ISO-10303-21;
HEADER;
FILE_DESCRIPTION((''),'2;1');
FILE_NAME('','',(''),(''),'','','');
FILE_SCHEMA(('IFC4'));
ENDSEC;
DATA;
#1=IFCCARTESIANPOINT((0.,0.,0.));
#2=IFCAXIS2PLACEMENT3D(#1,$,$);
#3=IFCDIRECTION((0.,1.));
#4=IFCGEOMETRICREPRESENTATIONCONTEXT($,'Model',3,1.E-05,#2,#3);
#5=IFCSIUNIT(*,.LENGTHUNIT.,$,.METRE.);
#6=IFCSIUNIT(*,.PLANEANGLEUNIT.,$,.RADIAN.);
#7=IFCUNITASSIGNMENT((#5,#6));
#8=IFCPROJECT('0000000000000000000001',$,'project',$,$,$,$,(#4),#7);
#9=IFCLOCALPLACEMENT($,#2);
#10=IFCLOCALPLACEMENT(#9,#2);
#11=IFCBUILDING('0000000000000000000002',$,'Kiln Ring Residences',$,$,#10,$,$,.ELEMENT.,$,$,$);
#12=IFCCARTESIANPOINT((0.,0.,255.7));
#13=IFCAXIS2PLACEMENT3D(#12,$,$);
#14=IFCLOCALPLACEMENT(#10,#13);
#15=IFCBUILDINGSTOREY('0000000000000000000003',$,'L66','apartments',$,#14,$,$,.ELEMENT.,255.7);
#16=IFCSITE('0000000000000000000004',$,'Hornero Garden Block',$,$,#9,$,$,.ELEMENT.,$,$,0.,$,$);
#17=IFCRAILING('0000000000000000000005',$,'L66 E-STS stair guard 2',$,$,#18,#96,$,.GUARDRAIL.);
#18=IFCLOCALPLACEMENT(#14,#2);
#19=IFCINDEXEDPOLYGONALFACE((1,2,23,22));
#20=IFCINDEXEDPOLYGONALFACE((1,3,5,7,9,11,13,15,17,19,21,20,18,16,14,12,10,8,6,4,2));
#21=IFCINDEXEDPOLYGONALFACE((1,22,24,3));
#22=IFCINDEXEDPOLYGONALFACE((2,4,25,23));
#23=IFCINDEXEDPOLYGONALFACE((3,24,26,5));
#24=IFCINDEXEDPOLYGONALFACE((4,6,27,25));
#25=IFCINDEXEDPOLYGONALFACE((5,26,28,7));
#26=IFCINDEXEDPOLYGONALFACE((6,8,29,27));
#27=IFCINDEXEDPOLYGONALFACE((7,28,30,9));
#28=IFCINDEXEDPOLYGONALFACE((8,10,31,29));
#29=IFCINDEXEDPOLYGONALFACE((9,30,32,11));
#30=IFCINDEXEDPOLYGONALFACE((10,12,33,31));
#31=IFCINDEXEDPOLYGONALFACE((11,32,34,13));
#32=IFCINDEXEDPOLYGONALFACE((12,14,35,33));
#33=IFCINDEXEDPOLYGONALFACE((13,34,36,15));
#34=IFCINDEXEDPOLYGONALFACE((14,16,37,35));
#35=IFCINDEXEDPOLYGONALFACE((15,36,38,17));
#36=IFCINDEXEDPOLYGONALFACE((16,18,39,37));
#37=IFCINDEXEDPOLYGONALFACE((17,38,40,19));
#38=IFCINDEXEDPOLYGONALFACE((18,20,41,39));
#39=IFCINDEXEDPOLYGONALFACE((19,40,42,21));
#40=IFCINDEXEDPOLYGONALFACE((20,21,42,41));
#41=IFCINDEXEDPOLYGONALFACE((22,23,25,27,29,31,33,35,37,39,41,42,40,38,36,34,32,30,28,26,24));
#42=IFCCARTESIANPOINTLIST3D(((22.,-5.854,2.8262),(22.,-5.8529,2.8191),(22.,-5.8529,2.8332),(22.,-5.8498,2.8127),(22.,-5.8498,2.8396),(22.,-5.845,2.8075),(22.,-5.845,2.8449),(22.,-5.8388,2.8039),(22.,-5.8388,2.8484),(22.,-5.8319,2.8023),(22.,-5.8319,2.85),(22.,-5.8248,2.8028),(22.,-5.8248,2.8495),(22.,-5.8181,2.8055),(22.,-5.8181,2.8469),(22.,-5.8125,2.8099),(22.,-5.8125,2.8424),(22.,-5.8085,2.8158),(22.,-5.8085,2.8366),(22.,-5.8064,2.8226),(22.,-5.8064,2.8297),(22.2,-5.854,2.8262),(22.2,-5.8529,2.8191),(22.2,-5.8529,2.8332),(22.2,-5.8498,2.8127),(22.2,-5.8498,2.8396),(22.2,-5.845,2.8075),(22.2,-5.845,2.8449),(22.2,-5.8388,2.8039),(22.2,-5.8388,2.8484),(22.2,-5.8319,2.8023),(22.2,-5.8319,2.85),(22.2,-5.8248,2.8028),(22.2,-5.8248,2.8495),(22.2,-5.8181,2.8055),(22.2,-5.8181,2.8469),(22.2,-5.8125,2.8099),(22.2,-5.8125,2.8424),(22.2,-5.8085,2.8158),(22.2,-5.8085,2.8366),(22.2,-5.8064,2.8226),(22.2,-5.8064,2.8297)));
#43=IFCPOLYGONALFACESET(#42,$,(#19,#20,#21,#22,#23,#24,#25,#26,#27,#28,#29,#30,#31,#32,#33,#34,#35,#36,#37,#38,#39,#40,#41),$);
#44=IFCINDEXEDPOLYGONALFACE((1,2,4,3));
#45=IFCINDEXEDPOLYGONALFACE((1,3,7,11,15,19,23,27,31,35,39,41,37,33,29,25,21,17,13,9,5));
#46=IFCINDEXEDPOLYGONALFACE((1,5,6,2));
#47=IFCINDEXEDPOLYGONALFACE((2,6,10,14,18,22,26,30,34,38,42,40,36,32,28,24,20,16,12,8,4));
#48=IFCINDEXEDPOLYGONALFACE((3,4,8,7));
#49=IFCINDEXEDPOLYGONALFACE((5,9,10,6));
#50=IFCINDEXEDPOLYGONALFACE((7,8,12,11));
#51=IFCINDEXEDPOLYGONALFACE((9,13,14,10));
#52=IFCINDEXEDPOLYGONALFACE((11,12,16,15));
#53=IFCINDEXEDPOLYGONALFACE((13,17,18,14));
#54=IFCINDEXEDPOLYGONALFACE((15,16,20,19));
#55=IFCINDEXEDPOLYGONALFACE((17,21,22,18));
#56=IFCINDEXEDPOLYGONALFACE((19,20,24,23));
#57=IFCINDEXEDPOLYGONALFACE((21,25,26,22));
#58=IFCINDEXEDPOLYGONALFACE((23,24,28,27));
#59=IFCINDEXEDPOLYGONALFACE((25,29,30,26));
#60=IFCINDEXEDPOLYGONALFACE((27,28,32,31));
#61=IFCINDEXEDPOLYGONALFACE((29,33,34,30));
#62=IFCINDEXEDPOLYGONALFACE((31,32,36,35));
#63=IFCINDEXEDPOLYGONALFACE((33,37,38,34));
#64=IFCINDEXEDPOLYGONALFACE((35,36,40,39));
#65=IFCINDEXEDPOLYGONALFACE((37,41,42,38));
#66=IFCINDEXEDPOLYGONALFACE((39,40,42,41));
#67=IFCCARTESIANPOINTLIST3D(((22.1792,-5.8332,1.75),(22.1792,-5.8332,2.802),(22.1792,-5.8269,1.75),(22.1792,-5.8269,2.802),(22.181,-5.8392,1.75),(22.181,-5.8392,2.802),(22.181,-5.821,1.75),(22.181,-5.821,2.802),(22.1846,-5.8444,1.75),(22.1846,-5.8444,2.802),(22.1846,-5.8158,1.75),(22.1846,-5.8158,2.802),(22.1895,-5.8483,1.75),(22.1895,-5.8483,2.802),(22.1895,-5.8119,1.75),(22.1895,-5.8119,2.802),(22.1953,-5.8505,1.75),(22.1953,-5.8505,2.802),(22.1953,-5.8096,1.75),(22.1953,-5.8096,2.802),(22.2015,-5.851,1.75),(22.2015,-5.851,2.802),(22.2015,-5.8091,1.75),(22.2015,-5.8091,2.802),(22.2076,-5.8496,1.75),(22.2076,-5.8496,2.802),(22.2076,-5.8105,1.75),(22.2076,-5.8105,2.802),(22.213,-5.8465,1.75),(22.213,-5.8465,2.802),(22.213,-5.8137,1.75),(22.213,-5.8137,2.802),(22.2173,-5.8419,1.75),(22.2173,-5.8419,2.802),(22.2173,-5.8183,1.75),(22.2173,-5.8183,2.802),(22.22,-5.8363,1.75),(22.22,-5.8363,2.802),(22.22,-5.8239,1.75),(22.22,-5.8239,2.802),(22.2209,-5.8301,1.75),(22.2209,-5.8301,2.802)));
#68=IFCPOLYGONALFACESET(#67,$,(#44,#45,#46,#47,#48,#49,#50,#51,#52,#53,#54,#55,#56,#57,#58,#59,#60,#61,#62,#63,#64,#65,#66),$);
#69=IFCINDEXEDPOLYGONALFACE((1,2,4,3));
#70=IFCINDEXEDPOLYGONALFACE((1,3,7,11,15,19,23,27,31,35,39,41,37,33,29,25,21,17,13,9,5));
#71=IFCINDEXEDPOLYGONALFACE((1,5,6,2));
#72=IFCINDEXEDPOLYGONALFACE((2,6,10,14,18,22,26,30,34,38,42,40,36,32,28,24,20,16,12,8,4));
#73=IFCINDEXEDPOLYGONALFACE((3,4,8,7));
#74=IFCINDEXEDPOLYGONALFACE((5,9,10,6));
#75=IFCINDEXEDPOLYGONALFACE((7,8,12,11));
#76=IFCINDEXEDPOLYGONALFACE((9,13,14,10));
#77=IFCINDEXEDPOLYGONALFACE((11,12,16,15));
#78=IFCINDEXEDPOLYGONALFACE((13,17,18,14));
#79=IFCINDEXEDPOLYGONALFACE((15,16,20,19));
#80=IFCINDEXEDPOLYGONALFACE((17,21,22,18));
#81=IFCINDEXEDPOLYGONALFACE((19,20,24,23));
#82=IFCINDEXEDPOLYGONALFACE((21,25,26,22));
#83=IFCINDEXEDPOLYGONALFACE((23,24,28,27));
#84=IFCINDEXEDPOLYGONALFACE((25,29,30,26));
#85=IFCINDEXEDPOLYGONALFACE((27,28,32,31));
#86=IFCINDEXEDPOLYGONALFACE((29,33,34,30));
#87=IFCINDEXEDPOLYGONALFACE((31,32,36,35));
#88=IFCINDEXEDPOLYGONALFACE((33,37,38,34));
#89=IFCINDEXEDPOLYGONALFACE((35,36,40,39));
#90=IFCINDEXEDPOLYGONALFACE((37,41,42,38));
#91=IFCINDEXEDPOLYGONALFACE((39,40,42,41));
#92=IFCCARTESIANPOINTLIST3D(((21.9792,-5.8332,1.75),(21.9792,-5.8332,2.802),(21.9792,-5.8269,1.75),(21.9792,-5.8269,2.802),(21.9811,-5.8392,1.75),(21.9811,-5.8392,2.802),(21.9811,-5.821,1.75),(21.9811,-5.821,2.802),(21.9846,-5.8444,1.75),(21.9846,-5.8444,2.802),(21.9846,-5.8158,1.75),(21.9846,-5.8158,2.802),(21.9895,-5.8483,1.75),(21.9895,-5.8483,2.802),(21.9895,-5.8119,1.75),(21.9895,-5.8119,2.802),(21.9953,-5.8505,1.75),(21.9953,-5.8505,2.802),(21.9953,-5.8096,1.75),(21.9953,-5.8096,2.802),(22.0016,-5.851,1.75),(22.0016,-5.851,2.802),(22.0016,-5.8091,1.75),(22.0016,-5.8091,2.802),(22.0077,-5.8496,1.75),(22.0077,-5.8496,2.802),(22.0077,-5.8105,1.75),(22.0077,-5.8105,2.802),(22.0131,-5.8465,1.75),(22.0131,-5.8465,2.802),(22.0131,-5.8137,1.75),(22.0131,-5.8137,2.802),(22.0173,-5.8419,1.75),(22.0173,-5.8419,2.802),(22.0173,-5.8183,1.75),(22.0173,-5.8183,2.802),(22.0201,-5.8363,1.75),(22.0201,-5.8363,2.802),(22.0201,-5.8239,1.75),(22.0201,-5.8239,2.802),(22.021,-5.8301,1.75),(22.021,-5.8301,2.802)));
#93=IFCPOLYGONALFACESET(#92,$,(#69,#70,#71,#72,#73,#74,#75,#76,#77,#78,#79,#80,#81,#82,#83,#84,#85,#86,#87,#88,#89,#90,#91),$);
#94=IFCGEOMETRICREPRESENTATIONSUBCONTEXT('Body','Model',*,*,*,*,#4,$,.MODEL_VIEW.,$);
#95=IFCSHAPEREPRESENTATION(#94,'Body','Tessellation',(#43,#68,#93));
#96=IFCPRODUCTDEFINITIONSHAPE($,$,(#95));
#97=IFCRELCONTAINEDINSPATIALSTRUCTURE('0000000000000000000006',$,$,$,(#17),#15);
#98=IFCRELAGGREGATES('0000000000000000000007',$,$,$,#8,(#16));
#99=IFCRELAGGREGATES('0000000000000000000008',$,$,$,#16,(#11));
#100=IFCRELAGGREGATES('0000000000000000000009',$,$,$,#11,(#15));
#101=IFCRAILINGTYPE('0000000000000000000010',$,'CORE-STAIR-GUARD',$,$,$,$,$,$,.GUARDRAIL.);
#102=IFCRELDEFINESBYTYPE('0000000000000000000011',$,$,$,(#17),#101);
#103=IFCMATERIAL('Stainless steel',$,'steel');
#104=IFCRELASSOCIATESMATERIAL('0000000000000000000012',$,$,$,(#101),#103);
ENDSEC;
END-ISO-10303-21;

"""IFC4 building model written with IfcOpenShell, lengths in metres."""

from ifc_helpers import new_model, si_unit, direction, frame, origin, origin_2d, place, context, subcontext, project, spatial, circle, extrude, material, type_object, element, save


model = new_model("IFC4")

# Units and contexts
model_context = context("Model", 3, precision=1e-05, world=origin(), true_north=direction((0.0, 1.0)))
body_context = subcontext(model_context, "Body", "Model", "MODEL_VIEW")
ifc_project = project(units=[si_unit("LENGTHUNIT", "METRE"), si_unit("PLANEANGLEUNIT", "RADIAN")], contexts=[model_context])

# Site, building, storey
site_placement = place(None, origin())
site = spatial("IfcSite", under=ifc_project, at=site_placement, Name="Hornero Garden Block", CompositionType="ELEMENT", RefElevation=0.0)
building_placement = place(site_placement, origin())
building = spatial("IfcBuilding", under=site, at=building_placement, Name="Kiln Ring Residences", CompositionType="ELEMENT")
storey_placement = place(building_placement, frame((0.0, 0.0, 255.7)))
storey = spatial("IfcBuildingStorey", under=building, at=storey_placement, Name="L66", Description="apartments", CompositionType="ELEMENT", Elevation=255.7)

# Railing
ifc_material_1 = material(Name="Stainless steel", Category="steel")
railing_type_1 = type_object("IfcRailingType", Name="CORE-STAIR-GUARD", PredefinedType="GUARDRAIL", material=ifc_material_1)
railing_1_placement = place(storey_placement, frame((22.2, -5.8301, 1.75)))
element("IfcRailing", 1, at=railing_1_placement, inside=storey, type_object=railing_type_1, Name="L66 E-STS stair guard 2", PredefinedType="GUARDRAIL", context=body_context, shape_type="SweptSolid", body=[
    extrude(circle(Radius=0.0239, at=origin_2d()), frame((0.0, 0.0, 1.0762), z_axis=(-1.0, 0.0, 0.0), x_axis=(0.0, -1.0, 0.0)), (0.0, 0.0, 1.0), 0.2),
    extrude(circle(Radius=0.021, at=origin_2d()), origin(), (0.0, 0.0, 1.0), 1.052),
    extrude(circle(Radius=0.021, at=origin_2d()), frame((-0.2, 0.0, 0.0)), (0.0, 0.0, 1.0), 1.052),
])

save(model, "model.ifc")
